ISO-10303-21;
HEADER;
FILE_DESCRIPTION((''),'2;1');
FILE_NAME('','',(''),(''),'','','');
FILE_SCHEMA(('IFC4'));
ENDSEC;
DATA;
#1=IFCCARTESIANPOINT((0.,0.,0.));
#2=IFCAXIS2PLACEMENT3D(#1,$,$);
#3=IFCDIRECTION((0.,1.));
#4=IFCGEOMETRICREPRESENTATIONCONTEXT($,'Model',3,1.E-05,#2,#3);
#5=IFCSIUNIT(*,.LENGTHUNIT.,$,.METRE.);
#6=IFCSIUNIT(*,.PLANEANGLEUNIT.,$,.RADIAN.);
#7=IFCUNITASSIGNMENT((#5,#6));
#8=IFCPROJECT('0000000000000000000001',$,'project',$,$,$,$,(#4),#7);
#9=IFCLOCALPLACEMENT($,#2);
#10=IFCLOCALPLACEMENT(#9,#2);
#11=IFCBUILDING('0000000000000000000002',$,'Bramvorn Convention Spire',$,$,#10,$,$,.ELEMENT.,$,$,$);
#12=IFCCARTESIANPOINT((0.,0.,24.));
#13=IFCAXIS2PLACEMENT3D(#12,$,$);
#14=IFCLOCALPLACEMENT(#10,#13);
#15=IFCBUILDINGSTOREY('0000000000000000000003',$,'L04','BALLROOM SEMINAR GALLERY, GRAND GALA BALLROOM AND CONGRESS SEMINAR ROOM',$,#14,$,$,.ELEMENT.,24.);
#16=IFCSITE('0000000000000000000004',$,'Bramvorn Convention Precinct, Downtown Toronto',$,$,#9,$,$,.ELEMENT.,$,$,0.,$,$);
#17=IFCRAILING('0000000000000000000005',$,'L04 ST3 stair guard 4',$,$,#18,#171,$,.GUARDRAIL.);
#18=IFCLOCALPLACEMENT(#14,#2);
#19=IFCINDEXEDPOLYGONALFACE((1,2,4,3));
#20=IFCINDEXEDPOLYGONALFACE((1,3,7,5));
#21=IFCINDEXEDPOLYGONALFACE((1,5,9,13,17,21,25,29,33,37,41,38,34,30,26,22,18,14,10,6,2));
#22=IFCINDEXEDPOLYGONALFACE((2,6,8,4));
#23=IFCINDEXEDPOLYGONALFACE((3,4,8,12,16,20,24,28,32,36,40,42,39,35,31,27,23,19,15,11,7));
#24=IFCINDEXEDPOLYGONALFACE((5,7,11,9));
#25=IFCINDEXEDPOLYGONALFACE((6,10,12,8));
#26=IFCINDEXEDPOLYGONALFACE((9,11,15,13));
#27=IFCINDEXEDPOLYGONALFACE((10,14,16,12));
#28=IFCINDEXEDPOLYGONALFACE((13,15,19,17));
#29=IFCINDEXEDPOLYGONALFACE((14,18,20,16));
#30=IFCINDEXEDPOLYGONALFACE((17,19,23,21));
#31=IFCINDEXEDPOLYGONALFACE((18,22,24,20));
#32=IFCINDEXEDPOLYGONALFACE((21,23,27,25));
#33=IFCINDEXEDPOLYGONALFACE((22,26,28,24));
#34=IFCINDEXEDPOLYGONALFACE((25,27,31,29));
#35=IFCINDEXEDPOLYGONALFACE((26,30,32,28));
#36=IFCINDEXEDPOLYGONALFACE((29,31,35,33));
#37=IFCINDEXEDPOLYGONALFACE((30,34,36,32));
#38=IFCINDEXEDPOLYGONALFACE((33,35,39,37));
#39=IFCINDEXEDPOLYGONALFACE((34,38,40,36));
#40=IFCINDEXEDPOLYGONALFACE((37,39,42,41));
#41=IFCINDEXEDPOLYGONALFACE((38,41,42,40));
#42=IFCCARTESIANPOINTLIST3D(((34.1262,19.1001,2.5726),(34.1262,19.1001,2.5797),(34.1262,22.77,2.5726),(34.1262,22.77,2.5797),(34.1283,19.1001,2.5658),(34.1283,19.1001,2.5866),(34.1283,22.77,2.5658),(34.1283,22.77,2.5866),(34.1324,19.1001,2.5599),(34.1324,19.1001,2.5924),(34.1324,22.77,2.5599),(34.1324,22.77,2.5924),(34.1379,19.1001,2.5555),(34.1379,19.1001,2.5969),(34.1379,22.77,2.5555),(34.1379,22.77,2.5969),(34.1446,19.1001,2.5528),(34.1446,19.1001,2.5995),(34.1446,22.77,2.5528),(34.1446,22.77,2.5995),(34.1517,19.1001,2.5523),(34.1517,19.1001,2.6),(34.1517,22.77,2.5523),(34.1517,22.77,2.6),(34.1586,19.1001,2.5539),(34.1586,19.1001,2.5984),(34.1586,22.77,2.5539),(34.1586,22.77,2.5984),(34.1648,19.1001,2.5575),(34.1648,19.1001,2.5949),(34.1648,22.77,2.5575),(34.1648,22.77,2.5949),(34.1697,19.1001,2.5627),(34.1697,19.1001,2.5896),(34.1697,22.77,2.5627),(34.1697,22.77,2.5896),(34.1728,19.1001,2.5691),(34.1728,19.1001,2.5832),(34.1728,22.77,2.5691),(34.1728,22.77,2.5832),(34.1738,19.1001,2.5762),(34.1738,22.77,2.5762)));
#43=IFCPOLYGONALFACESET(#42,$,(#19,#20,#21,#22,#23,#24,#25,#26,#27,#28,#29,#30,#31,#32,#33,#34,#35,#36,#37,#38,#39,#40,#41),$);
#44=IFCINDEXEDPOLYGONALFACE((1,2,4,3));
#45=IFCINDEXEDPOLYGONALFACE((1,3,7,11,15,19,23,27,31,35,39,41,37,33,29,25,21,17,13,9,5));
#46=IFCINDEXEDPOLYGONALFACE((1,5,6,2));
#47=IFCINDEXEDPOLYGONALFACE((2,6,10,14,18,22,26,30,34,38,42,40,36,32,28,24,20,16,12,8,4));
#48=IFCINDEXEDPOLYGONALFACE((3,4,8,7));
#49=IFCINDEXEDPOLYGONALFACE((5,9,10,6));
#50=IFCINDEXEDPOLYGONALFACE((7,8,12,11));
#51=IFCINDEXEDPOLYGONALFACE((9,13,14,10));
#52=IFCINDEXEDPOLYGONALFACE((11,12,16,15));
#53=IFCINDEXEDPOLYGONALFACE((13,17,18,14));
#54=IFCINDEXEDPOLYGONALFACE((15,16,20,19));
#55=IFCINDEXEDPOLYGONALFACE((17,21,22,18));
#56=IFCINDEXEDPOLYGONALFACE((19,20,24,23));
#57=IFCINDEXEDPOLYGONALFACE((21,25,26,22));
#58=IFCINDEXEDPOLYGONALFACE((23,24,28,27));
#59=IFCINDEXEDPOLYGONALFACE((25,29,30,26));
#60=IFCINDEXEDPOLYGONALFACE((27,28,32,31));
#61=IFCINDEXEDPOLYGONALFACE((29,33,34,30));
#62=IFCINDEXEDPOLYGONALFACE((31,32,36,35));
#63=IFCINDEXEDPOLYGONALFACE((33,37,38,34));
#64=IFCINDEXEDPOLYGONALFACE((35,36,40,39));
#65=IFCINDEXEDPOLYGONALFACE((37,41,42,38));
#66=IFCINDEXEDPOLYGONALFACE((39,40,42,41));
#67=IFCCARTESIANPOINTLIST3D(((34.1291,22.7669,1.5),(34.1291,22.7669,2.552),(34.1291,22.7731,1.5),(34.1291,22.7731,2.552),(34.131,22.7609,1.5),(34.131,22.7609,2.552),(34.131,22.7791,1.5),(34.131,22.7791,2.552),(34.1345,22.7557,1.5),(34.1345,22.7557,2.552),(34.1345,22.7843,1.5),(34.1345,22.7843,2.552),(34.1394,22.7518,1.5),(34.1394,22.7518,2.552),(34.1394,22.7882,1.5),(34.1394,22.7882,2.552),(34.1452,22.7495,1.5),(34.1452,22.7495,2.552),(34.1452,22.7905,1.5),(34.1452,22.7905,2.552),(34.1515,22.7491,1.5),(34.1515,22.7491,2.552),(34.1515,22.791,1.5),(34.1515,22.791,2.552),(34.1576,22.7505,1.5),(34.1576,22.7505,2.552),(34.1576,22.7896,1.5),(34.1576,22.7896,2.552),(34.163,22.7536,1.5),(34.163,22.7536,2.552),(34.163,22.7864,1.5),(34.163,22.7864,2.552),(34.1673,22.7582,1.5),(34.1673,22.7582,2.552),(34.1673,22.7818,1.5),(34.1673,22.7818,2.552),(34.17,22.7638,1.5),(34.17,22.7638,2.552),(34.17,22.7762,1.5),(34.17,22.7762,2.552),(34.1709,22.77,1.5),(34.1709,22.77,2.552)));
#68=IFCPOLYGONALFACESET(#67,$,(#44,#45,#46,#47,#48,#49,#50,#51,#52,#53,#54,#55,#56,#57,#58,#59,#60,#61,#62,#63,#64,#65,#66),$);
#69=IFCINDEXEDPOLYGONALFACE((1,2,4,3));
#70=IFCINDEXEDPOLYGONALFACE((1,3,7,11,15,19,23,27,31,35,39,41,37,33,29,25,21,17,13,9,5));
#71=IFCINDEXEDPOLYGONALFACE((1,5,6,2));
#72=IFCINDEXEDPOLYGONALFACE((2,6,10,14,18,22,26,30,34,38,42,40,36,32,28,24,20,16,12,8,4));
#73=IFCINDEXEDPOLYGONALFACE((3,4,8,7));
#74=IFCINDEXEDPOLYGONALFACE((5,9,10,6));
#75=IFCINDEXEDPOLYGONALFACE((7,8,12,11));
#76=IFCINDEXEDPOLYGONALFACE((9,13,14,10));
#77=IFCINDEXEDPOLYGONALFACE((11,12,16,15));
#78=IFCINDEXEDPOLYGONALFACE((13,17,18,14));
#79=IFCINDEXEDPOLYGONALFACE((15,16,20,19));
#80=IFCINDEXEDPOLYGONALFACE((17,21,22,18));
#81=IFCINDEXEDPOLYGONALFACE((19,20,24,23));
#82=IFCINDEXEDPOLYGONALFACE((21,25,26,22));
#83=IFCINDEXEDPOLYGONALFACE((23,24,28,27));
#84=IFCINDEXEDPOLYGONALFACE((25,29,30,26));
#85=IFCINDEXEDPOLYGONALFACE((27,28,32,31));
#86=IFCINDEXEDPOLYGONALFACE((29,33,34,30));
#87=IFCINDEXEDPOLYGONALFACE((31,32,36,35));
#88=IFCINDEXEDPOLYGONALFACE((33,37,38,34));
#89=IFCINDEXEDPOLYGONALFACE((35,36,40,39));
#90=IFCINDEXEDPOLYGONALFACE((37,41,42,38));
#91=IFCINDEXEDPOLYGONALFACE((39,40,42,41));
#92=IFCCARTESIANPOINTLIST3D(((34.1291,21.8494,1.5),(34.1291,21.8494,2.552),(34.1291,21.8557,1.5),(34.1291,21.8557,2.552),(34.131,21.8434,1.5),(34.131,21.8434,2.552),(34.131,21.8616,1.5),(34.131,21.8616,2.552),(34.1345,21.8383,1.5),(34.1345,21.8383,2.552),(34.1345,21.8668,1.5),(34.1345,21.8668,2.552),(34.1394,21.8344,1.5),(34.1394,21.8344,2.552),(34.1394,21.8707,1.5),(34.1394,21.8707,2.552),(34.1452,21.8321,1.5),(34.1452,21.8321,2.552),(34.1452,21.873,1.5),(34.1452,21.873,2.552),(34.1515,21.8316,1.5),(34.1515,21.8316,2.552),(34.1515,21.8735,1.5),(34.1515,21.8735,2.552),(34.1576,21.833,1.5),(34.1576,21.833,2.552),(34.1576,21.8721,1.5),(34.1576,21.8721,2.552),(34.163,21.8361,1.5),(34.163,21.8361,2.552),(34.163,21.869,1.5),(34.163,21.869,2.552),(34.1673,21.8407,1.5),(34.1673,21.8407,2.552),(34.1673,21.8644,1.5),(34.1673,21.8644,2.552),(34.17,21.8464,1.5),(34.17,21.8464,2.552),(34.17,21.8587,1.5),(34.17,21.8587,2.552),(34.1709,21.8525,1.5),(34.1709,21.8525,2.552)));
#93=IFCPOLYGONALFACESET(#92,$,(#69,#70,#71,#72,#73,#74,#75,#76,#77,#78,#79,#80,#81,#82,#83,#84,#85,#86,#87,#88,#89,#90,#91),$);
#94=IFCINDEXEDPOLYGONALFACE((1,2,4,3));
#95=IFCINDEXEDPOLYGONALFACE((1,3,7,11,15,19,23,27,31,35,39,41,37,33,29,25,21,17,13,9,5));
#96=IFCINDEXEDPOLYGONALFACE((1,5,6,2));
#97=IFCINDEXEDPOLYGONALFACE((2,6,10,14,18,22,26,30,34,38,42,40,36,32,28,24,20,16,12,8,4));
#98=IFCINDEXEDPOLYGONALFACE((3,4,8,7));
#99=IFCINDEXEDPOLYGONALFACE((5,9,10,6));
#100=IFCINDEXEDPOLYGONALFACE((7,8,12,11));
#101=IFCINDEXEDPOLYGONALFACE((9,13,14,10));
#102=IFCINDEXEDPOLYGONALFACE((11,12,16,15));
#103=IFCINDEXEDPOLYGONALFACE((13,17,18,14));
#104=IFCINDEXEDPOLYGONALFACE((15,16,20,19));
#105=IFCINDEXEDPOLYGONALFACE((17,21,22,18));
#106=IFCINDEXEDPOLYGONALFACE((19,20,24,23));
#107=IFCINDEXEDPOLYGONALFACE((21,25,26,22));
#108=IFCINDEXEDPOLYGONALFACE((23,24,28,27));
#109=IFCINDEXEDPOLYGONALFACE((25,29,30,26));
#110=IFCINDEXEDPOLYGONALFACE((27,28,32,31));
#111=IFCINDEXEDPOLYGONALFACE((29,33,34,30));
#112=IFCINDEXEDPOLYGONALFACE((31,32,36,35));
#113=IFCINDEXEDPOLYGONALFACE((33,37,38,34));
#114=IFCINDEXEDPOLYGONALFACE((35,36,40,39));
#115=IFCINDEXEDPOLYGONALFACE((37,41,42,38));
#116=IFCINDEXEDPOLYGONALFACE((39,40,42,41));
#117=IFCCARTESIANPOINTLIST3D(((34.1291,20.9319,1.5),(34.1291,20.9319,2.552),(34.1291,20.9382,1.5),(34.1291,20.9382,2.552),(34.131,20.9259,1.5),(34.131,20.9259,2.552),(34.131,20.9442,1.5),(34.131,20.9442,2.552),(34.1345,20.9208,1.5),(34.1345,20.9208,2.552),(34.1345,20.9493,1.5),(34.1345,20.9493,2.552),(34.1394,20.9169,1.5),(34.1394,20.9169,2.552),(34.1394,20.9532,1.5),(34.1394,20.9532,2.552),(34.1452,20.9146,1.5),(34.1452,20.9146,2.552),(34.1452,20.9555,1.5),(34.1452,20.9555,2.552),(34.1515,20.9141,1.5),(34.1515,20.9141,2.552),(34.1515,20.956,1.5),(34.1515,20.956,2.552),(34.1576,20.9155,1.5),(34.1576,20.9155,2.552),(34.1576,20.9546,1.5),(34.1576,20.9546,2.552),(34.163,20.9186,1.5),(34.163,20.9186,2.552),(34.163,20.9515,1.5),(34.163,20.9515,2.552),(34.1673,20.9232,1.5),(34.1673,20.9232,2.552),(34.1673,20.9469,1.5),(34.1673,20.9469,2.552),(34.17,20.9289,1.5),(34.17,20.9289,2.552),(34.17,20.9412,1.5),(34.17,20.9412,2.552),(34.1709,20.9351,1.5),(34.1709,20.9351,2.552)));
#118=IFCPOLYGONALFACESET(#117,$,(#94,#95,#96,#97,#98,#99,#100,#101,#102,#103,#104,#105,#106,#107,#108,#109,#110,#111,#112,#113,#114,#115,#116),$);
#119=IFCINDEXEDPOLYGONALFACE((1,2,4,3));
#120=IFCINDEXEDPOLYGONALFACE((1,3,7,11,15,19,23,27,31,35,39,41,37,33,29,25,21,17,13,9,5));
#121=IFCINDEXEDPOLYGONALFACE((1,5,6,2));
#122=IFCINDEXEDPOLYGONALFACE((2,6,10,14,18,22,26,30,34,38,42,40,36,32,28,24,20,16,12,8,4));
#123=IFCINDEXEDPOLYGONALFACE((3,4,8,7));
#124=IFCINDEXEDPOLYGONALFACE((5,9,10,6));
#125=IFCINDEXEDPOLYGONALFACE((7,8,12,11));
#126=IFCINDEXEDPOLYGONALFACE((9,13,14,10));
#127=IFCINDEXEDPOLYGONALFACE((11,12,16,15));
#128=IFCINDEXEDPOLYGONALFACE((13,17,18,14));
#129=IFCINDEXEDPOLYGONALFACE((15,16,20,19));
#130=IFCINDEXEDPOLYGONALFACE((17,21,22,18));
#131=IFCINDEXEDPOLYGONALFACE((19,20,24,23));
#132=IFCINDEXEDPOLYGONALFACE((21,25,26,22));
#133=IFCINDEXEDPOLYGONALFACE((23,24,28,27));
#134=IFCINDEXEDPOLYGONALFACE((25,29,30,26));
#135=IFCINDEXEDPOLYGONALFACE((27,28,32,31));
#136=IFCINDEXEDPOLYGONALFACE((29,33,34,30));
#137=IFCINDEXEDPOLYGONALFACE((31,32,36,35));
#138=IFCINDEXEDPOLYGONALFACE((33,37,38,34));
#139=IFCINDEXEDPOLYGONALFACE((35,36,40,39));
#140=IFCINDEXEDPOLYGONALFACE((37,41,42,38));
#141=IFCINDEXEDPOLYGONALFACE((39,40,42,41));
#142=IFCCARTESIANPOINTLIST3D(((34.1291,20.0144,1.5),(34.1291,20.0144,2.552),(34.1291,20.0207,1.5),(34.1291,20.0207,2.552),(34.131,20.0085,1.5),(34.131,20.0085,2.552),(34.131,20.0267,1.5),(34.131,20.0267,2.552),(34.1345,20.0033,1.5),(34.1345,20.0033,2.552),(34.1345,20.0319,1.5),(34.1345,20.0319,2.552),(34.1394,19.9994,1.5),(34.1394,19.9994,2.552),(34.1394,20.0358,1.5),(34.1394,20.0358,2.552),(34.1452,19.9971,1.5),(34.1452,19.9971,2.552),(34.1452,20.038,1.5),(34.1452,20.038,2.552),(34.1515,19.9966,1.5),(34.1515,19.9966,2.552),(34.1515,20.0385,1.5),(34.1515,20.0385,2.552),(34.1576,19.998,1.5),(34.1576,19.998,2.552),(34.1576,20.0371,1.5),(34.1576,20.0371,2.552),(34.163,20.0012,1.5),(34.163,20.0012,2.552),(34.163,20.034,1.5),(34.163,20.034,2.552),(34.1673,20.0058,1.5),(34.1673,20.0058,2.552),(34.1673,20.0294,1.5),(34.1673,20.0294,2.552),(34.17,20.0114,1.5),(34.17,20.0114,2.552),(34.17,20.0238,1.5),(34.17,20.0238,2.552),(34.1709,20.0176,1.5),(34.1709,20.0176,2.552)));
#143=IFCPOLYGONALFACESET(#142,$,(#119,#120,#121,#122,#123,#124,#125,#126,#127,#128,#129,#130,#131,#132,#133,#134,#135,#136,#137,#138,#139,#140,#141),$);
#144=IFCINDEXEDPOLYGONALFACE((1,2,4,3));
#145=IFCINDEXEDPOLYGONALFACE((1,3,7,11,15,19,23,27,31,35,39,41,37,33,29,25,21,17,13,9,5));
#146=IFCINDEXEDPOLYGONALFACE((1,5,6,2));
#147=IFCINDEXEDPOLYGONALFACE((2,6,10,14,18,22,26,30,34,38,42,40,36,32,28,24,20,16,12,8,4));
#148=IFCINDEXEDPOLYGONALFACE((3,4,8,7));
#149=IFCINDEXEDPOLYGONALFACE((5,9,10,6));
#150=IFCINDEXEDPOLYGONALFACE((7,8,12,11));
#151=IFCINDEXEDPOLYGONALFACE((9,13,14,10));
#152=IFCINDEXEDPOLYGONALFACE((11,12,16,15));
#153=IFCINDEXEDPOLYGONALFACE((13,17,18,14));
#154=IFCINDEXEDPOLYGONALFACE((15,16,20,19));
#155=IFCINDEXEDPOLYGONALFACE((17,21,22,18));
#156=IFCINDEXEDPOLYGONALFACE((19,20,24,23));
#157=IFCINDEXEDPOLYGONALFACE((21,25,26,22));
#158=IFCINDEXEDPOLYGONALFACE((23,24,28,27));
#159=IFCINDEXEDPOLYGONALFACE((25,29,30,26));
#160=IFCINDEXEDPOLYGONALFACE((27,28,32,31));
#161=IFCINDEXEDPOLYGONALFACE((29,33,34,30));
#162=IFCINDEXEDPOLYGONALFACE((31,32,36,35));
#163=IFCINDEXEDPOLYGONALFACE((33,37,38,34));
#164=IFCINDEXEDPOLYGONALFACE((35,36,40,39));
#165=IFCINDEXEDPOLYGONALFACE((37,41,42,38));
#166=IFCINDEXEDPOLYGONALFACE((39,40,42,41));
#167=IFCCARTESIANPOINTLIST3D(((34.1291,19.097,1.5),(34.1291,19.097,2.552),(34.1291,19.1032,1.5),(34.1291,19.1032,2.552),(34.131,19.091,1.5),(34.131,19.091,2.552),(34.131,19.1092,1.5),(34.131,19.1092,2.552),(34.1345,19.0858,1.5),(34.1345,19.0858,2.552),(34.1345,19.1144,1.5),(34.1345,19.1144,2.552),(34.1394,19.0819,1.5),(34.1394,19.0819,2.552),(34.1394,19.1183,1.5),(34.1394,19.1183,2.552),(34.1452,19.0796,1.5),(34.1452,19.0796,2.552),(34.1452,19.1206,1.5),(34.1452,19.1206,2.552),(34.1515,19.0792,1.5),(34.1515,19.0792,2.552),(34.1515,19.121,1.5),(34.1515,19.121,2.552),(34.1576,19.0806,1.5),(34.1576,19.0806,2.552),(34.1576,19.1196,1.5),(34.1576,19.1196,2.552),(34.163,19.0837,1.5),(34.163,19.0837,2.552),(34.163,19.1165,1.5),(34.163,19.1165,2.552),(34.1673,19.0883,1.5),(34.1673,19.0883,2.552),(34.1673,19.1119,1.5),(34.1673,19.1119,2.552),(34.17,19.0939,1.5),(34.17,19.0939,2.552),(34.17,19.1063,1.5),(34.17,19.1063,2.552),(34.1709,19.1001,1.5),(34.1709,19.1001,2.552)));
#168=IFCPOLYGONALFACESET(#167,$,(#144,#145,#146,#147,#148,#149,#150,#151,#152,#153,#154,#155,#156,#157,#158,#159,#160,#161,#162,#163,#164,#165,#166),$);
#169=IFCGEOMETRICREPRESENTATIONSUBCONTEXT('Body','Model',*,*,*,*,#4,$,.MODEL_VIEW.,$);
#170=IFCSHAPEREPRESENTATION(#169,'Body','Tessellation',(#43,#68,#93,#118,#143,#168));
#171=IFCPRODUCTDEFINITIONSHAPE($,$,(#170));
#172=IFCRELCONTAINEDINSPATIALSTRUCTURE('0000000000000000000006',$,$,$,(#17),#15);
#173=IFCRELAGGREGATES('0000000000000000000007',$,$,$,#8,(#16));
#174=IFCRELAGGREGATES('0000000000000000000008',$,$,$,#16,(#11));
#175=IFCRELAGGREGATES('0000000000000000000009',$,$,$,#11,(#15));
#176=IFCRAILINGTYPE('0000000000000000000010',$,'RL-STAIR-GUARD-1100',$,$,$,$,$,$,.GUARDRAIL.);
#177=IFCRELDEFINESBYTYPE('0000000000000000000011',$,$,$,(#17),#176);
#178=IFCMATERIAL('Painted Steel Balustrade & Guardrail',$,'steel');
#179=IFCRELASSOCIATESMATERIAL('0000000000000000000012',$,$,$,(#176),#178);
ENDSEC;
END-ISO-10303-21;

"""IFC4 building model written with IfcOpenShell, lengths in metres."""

from ifc_helpers import new_model, si_unit, direction, frame, origin, origin_2d, place, context, subcontext, project, spatial, circle, extrude, material, type_object, element, save


model = new_model("IFC4")

# Units and contexts
model_context = context("Model", 3, precision=1e-05, world=origin(), true_north=direction((0.0, 1.0)))
body_context = subcontext(model_context, "Body", "Model", "MODEL_VIEW")
ifc_project = project(units=[si_unit("LENGTHUNIT", "METRE"), si_unit("PLANEANGLEUNIT", "RADIAN")], contexts=[model_context])

# Site, building, storey
site_placement = place(None, origin())
site = spatial("IfcSite", under=ifc_project, at=site_placement, Name="Bramvorn Convention Precinct, Downtown Toronto", CompositionType="ELEMENT", RefElevation=0.0)
building_placement = place(site_placement, origin())
building = spatial("IfcBuilding", under=site, at=building_placement, Name="Bramvorn Convention Spire", CompositionType="ELEMENT")
storey_placement = place(building_placement, frame((0.0, 0.0, 24.0)))
storey = spatial("IfcBuildingStorey", under=building, at=storey_placement, Name="L04", Description="BALLROOM SEMINAR GALLERY, GRAND GALA BALLROOM AND CONGRESS SEMINAR ROOM", CompositionType="ELEMENT", Elevation=24.0)

# Railing
ifc_material_1 = material(Name="Painted Steel Balustrade & Guardrail", Category="steel")
railing_type_1 = type_object("IfcRailingType", Name="RL-STAIR-GUARD-1100", PredefinedType="GUARDRAIL", material=ifc_material_1)
railing_1_placement = place(storey_placement, frame((34.1499, 22.77, 1.5)))
element("IfcRailing", 1, at=railing_1_placement, inside=storey, type_object=railing_type_1, Name="L04 ST3 stair guard 4", PredefinedType="GUARDRAIL", context=body_context, shape_type="SweptSolid", body=[
    extrude(circle(Radius=0.0239, at=origin_2d()), frame((0.0, 0.0, 1.0762), z_axis=(0.0, -1.0, 0.0), x_axis=(1.0, 0.0, 0.0)), (0.0, 0.0, 1.0), 3.6699),
    extrude(circle(Radius=0.021, at=origin_2d()), origin(), (0.0, 0.0, 1.0), 1.052),
    extrude(circle(Radius=0.021, at=origin_2d()), frame((0.0, -0.9175, 0.0)), (0.0, 0.0, 1.0), 1.052),
    extrude(circle(Radius=0.021, at=origin_2d()), frame((0.0, -1.835, 0.0)), (0.0, 0.0, 1.0), 1.052),
    extrude(circle(Radius=0.021, at=origin_2d()), frame((0.0, -2.7524, 0.0)), (0.0, 0.0, 1.0), 1.052),
    extrude(circle(Radius=0.021, at=origin_2d()), frame((0.0, -3.6699, 0.0)), (0.0, 0.0, 1.0), 1.052),
])

save(model, "model.ifc")
